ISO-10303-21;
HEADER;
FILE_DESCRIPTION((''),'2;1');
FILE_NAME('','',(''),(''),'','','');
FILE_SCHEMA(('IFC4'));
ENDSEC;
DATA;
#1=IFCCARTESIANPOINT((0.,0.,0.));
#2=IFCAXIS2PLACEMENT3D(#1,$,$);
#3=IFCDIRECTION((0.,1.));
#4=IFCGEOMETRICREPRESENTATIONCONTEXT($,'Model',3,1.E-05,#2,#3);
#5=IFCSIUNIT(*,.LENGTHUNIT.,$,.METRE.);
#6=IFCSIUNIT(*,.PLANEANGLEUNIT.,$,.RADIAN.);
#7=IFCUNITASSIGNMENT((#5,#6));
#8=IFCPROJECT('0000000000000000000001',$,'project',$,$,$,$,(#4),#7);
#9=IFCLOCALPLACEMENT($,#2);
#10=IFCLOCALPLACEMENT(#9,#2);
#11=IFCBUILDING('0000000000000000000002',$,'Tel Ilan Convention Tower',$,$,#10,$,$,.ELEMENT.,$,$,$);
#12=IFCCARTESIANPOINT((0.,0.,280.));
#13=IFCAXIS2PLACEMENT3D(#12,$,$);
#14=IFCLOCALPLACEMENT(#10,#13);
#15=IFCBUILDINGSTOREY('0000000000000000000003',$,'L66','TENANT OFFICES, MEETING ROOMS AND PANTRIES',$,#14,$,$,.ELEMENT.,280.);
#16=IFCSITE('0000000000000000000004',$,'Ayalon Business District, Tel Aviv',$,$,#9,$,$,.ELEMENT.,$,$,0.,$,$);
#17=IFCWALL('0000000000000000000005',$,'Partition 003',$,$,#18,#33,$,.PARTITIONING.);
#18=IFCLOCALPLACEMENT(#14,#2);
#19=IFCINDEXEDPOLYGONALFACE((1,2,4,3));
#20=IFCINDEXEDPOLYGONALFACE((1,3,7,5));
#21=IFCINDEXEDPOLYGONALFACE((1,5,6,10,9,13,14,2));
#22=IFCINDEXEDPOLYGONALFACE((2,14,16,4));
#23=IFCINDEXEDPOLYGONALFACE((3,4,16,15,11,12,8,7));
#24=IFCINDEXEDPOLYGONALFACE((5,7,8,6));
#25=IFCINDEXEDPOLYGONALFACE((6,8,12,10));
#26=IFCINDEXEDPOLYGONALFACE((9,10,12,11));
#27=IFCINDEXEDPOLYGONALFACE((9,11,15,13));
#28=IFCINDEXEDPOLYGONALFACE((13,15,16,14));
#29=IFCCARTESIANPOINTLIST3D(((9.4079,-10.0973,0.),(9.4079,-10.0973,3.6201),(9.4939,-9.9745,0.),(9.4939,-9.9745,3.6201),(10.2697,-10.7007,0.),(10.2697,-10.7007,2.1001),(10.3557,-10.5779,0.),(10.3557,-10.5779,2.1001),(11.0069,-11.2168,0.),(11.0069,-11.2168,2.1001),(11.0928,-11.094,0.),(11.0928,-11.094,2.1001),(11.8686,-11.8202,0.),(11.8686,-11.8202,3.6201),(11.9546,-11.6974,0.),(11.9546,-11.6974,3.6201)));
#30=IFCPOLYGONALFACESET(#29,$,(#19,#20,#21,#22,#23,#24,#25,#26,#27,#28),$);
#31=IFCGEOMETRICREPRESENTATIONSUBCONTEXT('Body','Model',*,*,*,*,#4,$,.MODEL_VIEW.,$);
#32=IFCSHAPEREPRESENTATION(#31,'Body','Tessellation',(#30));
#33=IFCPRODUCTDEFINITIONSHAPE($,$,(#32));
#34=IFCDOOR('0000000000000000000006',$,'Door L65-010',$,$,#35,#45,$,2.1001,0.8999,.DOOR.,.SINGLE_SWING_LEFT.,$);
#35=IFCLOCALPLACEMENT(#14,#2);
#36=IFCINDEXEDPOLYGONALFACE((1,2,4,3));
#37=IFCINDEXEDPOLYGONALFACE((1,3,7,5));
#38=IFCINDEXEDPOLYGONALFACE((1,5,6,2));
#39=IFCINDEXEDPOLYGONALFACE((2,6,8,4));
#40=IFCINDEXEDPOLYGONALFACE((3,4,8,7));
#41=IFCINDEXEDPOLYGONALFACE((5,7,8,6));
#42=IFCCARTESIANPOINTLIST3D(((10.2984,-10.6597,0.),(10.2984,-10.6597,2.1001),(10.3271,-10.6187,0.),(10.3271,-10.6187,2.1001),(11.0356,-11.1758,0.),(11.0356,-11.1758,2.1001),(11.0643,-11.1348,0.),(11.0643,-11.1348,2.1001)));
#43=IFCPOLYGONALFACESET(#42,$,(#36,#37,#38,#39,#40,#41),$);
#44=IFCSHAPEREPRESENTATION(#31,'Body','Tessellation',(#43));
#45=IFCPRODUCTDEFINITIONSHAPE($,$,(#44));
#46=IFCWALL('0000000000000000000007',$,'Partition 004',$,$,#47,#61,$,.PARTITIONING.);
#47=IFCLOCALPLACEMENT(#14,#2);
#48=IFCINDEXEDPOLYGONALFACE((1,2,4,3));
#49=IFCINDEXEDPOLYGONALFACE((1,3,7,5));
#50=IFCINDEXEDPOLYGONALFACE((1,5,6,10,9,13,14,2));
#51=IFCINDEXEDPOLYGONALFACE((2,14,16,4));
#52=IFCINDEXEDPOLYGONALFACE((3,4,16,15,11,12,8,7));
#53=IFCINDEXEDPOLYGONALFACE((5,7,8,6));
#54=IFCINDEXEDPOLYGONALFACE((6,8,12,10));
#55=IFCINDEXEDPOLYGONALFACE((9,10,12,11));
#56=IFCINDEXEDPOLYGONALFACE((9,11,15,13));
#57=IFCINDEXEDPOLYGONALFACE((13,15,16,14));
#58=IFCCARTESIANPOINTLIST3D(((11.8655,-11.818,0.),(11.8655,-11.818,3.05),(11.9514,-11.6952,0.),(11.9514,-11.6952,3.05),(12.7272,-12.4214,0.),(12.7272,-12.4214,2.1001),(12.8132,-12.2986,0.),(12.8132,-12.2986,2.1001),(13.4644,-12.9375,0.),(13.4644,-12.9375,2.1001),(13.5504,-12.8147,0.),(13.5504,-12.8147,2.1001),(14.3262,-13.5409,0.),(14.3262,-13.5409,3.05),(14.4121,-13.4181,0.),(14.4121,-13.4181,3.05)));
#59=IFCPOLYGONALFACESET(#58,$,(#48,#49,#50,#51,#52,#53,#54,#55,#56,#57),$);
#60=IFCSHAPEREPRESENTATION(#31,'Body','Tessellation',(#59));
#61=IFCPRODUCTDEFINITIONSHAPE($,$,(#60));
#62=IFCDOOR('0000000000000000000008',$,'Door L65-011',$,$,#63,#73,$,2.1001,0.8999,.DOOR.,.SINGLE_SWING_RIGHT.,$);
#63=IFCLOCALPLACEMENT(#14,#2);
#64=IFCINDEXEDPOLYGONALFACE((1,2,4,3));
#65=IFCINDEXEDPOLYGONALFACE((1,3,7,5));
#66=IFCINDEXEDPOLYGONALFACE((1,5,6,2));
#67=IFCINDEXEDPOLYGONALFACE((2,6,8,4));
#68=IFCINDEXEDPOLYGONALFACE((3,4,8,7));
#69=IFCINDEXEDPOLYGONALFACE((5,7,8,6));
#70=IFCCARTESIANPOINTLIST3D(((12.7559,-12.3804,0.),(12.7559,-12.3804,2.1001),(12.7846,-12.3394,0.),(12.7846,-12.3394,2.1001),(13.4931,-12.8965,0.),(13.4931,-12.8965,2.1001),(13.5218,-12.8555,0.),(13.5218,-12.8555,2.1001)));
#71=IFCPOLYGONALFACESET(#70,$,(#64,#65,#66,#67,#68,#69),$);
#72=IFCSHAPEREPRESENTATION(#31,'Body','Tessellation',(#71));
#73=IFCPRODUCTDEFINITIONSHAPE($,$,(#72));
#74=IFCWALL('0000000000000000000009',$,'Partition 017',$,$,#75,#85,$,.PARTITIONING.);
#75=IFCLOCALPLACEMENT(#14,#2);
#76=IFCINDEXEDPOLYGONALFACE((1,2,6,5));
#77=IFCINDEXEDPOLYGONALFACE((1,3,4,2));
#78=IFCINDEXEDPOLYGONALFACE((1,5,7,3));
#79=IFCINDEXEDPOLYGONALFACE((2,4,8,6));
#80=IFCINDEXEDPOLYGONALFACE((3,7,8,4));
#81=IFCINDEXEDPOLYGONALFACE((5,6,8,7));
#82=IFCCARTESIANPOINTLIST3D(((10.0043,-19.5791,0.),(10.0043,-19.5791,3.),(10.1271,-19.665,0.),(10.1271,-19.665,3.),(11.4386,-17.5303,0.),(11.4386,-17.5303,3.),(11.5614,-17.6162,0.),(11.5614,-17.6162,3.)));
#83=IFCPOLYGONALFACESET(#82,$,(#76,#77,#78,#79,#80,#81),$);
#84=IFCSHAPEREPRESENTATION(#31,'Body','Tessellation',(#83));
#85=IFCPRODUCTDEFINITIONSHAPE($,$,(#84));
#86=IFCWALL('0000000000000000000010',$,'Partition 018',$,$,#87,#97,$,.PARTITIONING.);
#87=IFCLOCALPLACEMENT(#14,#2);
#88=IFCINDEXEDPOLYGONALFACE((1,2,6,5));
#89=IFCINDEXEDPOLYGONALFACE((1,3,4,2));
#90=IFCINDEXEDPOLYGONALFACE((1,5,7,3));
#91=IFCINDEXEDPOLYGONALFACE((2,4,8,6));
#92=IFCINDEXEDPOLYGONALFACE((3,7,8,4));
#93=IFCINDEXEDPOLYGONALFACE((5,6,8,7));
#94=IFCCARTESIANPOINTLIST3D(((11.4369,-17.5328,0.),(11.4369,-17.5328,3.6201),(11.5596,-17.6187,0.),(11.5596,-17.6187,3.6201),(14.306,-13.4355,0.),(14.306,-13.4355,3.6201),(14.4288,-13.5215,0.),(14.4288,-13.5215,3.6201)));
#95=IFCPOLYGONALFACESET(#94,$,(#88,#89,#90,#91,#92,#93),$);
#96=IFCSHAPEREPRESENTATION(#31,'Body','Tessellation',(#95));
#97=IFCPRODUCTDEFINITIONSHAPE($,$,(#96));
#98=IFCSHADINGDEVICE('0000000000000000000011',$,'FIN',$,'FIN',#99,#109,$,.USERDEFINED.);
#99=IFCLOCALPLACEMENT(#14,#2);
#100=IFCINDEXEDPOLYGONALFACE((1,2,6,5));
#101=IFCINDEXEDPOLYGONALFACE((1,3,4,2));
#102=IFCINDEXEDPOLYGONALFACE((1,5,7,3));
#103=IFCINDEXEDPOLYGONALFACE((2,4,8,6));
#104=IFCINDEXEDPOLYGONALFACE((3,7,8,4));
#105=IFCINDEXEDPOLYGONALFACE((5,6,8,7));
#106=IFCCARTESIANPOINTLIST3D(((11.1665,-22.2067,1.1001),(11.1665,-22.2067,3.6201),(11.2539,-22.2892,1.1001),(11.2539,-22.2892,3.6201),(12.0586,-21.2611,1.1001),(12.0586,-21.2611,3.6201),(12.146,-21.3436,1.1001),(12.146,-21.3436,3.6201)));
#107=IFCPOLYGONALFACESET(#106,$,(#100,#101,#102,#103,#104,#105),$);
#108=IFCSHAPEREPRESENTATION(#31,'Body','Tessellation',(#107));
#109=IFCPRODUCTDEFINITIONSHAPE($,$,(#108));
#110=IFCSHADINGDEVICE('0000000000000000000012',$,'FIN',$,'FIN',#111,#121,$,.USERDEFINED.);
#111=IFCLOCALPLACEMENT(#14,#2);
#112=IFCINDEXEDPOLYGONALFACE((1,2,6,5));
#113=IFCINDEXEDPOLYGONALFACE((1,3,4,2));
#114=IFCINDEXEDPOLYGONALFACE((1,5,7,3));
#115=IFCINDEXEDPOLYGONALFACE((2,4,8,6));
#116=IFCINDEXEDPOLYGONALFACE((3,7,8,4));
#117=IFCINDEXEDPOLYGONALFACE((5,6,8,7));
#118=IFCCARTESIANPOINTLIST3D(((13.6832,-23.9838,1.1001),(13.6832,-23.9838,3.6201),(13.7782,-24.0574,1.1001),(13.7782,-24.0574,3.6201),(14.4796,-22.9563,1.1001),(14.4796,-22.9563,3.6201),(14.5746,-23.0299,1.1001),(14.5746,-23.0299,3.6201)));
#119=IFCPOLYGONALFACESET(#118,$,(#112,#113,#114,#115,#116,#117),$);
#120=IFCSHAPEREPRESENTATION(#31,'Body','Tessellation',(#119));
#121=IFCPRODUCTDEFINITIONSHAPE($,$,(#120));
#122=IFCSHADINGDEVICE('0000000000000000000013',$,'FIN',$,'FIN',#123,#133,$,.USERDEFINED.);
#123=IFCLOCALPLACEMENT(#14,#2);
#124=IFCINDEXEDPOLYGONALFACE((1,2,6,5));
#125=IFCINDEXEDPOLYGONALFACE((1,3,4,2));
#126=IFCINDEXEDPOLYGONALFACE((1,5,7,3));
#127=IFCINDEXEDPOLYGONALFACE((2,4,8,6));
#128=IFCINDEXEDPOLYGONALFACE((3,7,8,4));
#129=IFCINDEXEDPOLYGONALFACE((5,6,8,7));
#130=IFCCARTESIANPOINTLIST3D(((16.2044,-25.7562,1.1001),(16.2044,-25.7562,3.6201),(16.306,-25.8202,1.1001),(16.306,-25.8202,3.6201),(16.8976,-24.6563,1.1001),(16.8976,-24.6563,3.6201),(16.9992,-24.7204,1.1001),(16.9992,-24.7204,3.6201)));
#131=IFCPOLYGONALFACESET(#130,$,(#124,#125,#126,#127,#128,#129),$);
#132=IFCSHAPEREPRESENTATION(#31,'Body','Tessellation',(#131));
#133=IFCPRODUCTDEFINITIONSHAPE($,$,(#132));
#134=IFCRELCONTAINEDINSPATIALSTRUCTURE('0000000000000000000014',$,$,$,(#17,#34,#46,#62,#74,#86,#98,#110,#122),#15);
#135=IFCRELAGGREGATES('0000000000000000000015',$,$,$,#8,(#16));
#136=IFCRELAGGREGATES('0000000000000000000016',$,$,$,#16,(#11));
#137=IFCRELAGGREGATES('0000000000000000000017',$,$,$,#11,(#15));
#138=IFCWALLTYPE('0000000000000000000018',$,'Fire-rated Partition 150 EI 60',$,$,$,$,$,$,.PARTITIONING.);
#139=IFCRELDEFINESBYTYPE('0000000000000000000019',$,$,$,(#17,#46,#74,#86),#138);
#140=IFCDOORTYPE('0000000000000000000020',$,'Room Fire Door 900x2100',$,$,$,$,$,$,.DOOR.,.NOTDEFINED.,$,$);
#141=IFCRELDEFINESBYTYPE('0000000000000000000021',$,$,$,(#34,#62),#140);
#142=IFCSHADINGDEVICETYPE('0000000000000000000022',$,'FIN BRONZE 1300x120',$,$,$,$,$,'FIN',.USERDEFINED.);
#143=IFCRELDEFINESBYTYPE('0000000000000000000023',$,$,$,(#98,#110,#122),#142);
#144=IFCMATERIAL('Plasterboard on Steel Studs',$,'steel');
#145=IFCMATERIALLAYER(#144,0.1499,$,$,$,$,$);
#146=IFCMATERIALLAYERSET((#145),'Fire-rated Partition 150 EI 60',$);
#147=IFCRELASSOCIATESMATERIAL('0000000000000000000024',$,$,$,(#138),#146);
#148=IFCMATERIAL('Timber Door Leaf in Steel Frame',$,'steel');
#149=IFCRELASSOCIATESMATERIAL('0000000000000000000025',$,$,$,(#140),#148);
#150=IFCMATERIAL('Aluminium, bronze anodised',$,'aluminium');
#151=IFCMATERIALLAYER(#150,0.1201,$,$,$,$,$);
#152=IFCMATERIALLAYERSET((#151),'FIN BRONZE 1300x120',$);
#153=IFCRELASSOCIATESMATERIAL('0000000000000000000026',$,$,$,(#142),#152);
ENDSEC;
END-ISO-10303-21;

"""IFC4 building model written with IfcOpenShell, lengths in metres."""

from ifc_helpers import new_model, si_unit, direction, frame, frame_2d, origin, origin_2d, place, context, subcontext, project, spatial, rectangle, extrude, material, layer, layer_set, type_object, element, fill, save


model = new_model("IFC4")

# Units and contexts
model_context = context("Model", 3, precision=1e-05, world=origin(), true_north=direction((0.0, 1.0)))
body_context = subcontext(model_context, "Body", "Model", "MODEL_VIEW")
ifc_project = project(units=[si_unit("LENGTHUNIT", "METRE"), si_unit("PLANEANGLEUNIT", "RADIAN")], contexts=[model_context])

# Site, building, storey
site_placement = place(None, origin())
site = spatial("IfcSite", under=ifc_project, at=site_placement, Name="Ayalon Business District, Tel Aviv", CompositionType="ELEMENT", RefElevation=0.0)
building_placement = place(site_placement, origin())
building = spatial("IfcBuilding", under=site, at=building_placement, Name="Tel Ilan Convention Tower", CompositionType="ELEMENT")
storey_placement = place(building_placement, frame((0.0, 0.0, 280.0)))
storey = spatial("IfcBuildingStorey", under=building, at=storey_placement, Name="L66", Description="TENANT OFFICES, MEETING ROOMS AND PANTRIES", CompositionType="ELEMENT", Elevation=280.0)

# Walls, openings, doors
ifc_material_1 = material(Name="Plasterboard on Steel Studs", Category="steel")
ifc_layer_1 = layer(ifc_material_1, 0.1499)
ifc_layer_set_1 = layer_set([ifc_layer_1], Name="Fire-rated Partition 150 EI 60")
wall_type = type_object("IfcWallType", Name="Fire-rated Partition 150 EI 60", PredefinedType="PARTITIONING", material=ifc_layer_set_1)
wall_1_placement = place(storey_placement, frame((11.9116, -11.7588, 0.0), z_axis=(0.0, 0.0, 1.0), x_axis=(-0.819167, 0.573555, 0.0)))
wall_1 = element("IfcWall", 1, at=wall_1_placement, inside=storey, type_object=wall_type, Name="Partition 003", PredefinedType="PARTITIONING", context=body_context, shape_type="SweptSolid", body=[
    extrude(rectangle(XDim=3.0039, YDim=0.1499, at=frame_2d((1.502, 0.0))), origin(), (0.0, 0.0, 1.0), 3.6201),
])
opening_1_placement = place(wall_1_placement, frame((1.052, 0.0, 0.0)))
opening_1 = element("IfcOpeningElement", 2, at=opening_1_placement, cuts=wall_1, PredefinedType="OPENING", context=body_context, shape_type="SweptSolid", body=[
    extrude(rectangle(XDim=0.8999, YDim=2.1001, at=frame_2d((0.45, 1.05))), frame((0.0, 0.085, 0.0), z_axis=(0.0, -1.0, 0.0), x_axis=(1.0, 0.0, 0.0)), (0.0, 0.0, 1.0), 0.1699),
])
ifc_material_2 = material(Name="Timber Door Leaf in Steel Frame", Category="steel")
door_type = type_object("IfcDoorType", Name="Room Fire Door 900x2100", OperationType="NOTDEFINED", PredefinedType="DOOR", material=ifc_material_2)
door_1_placement = place(opening_1_placement, origin())
door_1 = element("IfcDoor", 3, at=door_1_placement, inside=storey, type_object=door_type, Name="Door L65-010", OperationType="SINGLE_SWING_LEFT", OverallHeight=2.1001, OverallWidth=0.8999, PredefinedType="DOOR", context=body_context, shape_type="SweptSolid", body=[
    extrude(rectangle(XDim=0.8999, YDim=2.1001, at=frame_2d((0.45, 1.05))), frame((0.0, 0.0249, 0.0), z_axis=(0.0, -1.0, 0.0), x_axis=(1.0, 0.0, 0.0)), (0.0, 0.0, 1.0), 0.05),
])
fill(opening_1, door_1)
wall_2_placement = place(storey_placement, frame((14.3691, -13.4795, 0.0), z_axis=(0.0, 0.0, 1.0), x_axis=(-0.819167, 0.573555, 0.0)))
wall_2 = element("IfcWall", 4, at=wall_2_placement, inside=storey, type_object=wall_type, Name="Partition 004", PredefinedType="PARTITIONING", context=body_context, shape_type="SweptSolid", body=[
    extrude(rectangle(XDim=3.0039, YDim=0.1499, at=frame_2d((1.502, 0.0))), origin(), (0.0, 0.0, 1.0), 3.05),
])
opening_2_placement = place(wall_2_placement, frame((1.052, 0.0, 0.0)))
opening_2 = element("IfcOpeningElement", 5, at=opening_2_placement, cuts=wall_2, PredefinedType="OPENING", context=body_context, shape_type="SweptSolid", body=[
    extrude(rectangle(XDim=0.8999, YDim=2.1001, at=frame_2d((0.45, 1.05))), frame((0.0, 0.085, 0.0), z_axis=(0.0, -1.0, 0.0), x_axis=(1.0, 0.0, 0.0)), (0.0, 0.0, 1.0), 0.1699),
])
door_2_placement = place(opening_2_placement, origin())
door_2 = element("IfcDoor", 6, at=door_2_placement, inside=storey, type_object=door_type, Name="Door L65-011", OperationType="SINGLE_SWING_RIGHT", OverallHeight=2.1001, OverallWidth=0.8999, PredefinedType="DOOR", context=body_context, shape_type="SweptSolid", body=[
    extrude(rectangle(XDim=0.8999, YDim=2.1001, at=frame_2d((0.45, 1.05))), frame((0.0, 0.0249, 0.0), z_axis=(0.0, -1.0, 0.0), x_axis=(1.0, 0.0, 0.0)), (0.0, 0.0, 1.0), 0.05),
])
fill(opening_2, door_2)

# Walls
wall_3_placement = place(storey_placement, frame((11.5, -17.5732, 0.0), z_axis=(0.0, 0.0, 1.0), x_axis=(-0.573502, -0.819204, 0.0)))
element("IfcWall", 7, at=wall_3_placement, inside=storey, type_object=wall_type, Name="Partition 017", PredefinedType="PARTITIONING", context=body_context, shape_type="SweptSolid", body=[
    extrude(rectangle(XDim=2.501, YDim=0.1499, at=frame_2d((1.2505, 0.0))), origin(), (0.0, 0.0, 1.0), 3.0),
])
wall_4_placement = place(storey_placement, frame((14.3674, -13.4785, 0.0), z_axis=(0.0, 0.0, 1.0), x_axis=(-0.573613, -0.819126, 0.0)))
element("IfcWall", 8, at=wall_4_placement, inside=storey, type_object=wall_type, Name="Partition 018", PredefinedType="PARTITIONING", context=body_context, shape_type="SweptSolid", body=[
    extrude(rectangle(XDim=5.002, YDim=0.1499, at=frame_2d((2.501, 0.0))), origin(), (0.0, 0.0, 1.0), 3.6201),
])

# Shading devices
ifc_material_3 = material(Name="Aluminium, bronze anodised", Category="aluminium")
ifc_layer_2 = layer(ifc_material_3, 0.1201)
ifc_layer_set_2 = layer_set([ifc_layer_2], Name="FIN BRONZE 1300x120")
shading_device_type = type_object("IfcShadingDeviceType", Name="FIN BRONZE 1300x120", ElementType="FIN", PredefinedType="USERDEFINED", material=ifc_layer_set_2)
for number, where, z_axis, x_axis, name in (
    (9, (11.6562, -21.7751, 1.1001), (0.0, 0.0, 1.0), (-0.686242, -0.727374, 0.0), "FIN"),
    (10, (14.1289, -23.5068, 1.1001), (0.0, 0.0, 1.0), (-0.612601, -0.790393, 0.0), "FIN"),
    (11, (16.6018, -25.2383, 1.1001), (0.0, 0.0, 1.0), (-0.533204, -0.845986, 0.0), "FIN"),
):
    element("IfcShadingDevice", number, at=place(storey_placement, frame(where, z_axis=z_axis, x_axis=x_axis)), inside=storey, type_object=shading_device_type, Name=name, ObjectType="FIN", PredefinedType="USERDEFINED", context=body_context, shape_type="SweptSolid", body=[
        extrude(rectangle(XDim=1.3, YDim=0.1201, at=origin_2d()), origin(), (0.0, 0.0, 1.0), 2.52),
    ])

save(model, "model.ifc")
